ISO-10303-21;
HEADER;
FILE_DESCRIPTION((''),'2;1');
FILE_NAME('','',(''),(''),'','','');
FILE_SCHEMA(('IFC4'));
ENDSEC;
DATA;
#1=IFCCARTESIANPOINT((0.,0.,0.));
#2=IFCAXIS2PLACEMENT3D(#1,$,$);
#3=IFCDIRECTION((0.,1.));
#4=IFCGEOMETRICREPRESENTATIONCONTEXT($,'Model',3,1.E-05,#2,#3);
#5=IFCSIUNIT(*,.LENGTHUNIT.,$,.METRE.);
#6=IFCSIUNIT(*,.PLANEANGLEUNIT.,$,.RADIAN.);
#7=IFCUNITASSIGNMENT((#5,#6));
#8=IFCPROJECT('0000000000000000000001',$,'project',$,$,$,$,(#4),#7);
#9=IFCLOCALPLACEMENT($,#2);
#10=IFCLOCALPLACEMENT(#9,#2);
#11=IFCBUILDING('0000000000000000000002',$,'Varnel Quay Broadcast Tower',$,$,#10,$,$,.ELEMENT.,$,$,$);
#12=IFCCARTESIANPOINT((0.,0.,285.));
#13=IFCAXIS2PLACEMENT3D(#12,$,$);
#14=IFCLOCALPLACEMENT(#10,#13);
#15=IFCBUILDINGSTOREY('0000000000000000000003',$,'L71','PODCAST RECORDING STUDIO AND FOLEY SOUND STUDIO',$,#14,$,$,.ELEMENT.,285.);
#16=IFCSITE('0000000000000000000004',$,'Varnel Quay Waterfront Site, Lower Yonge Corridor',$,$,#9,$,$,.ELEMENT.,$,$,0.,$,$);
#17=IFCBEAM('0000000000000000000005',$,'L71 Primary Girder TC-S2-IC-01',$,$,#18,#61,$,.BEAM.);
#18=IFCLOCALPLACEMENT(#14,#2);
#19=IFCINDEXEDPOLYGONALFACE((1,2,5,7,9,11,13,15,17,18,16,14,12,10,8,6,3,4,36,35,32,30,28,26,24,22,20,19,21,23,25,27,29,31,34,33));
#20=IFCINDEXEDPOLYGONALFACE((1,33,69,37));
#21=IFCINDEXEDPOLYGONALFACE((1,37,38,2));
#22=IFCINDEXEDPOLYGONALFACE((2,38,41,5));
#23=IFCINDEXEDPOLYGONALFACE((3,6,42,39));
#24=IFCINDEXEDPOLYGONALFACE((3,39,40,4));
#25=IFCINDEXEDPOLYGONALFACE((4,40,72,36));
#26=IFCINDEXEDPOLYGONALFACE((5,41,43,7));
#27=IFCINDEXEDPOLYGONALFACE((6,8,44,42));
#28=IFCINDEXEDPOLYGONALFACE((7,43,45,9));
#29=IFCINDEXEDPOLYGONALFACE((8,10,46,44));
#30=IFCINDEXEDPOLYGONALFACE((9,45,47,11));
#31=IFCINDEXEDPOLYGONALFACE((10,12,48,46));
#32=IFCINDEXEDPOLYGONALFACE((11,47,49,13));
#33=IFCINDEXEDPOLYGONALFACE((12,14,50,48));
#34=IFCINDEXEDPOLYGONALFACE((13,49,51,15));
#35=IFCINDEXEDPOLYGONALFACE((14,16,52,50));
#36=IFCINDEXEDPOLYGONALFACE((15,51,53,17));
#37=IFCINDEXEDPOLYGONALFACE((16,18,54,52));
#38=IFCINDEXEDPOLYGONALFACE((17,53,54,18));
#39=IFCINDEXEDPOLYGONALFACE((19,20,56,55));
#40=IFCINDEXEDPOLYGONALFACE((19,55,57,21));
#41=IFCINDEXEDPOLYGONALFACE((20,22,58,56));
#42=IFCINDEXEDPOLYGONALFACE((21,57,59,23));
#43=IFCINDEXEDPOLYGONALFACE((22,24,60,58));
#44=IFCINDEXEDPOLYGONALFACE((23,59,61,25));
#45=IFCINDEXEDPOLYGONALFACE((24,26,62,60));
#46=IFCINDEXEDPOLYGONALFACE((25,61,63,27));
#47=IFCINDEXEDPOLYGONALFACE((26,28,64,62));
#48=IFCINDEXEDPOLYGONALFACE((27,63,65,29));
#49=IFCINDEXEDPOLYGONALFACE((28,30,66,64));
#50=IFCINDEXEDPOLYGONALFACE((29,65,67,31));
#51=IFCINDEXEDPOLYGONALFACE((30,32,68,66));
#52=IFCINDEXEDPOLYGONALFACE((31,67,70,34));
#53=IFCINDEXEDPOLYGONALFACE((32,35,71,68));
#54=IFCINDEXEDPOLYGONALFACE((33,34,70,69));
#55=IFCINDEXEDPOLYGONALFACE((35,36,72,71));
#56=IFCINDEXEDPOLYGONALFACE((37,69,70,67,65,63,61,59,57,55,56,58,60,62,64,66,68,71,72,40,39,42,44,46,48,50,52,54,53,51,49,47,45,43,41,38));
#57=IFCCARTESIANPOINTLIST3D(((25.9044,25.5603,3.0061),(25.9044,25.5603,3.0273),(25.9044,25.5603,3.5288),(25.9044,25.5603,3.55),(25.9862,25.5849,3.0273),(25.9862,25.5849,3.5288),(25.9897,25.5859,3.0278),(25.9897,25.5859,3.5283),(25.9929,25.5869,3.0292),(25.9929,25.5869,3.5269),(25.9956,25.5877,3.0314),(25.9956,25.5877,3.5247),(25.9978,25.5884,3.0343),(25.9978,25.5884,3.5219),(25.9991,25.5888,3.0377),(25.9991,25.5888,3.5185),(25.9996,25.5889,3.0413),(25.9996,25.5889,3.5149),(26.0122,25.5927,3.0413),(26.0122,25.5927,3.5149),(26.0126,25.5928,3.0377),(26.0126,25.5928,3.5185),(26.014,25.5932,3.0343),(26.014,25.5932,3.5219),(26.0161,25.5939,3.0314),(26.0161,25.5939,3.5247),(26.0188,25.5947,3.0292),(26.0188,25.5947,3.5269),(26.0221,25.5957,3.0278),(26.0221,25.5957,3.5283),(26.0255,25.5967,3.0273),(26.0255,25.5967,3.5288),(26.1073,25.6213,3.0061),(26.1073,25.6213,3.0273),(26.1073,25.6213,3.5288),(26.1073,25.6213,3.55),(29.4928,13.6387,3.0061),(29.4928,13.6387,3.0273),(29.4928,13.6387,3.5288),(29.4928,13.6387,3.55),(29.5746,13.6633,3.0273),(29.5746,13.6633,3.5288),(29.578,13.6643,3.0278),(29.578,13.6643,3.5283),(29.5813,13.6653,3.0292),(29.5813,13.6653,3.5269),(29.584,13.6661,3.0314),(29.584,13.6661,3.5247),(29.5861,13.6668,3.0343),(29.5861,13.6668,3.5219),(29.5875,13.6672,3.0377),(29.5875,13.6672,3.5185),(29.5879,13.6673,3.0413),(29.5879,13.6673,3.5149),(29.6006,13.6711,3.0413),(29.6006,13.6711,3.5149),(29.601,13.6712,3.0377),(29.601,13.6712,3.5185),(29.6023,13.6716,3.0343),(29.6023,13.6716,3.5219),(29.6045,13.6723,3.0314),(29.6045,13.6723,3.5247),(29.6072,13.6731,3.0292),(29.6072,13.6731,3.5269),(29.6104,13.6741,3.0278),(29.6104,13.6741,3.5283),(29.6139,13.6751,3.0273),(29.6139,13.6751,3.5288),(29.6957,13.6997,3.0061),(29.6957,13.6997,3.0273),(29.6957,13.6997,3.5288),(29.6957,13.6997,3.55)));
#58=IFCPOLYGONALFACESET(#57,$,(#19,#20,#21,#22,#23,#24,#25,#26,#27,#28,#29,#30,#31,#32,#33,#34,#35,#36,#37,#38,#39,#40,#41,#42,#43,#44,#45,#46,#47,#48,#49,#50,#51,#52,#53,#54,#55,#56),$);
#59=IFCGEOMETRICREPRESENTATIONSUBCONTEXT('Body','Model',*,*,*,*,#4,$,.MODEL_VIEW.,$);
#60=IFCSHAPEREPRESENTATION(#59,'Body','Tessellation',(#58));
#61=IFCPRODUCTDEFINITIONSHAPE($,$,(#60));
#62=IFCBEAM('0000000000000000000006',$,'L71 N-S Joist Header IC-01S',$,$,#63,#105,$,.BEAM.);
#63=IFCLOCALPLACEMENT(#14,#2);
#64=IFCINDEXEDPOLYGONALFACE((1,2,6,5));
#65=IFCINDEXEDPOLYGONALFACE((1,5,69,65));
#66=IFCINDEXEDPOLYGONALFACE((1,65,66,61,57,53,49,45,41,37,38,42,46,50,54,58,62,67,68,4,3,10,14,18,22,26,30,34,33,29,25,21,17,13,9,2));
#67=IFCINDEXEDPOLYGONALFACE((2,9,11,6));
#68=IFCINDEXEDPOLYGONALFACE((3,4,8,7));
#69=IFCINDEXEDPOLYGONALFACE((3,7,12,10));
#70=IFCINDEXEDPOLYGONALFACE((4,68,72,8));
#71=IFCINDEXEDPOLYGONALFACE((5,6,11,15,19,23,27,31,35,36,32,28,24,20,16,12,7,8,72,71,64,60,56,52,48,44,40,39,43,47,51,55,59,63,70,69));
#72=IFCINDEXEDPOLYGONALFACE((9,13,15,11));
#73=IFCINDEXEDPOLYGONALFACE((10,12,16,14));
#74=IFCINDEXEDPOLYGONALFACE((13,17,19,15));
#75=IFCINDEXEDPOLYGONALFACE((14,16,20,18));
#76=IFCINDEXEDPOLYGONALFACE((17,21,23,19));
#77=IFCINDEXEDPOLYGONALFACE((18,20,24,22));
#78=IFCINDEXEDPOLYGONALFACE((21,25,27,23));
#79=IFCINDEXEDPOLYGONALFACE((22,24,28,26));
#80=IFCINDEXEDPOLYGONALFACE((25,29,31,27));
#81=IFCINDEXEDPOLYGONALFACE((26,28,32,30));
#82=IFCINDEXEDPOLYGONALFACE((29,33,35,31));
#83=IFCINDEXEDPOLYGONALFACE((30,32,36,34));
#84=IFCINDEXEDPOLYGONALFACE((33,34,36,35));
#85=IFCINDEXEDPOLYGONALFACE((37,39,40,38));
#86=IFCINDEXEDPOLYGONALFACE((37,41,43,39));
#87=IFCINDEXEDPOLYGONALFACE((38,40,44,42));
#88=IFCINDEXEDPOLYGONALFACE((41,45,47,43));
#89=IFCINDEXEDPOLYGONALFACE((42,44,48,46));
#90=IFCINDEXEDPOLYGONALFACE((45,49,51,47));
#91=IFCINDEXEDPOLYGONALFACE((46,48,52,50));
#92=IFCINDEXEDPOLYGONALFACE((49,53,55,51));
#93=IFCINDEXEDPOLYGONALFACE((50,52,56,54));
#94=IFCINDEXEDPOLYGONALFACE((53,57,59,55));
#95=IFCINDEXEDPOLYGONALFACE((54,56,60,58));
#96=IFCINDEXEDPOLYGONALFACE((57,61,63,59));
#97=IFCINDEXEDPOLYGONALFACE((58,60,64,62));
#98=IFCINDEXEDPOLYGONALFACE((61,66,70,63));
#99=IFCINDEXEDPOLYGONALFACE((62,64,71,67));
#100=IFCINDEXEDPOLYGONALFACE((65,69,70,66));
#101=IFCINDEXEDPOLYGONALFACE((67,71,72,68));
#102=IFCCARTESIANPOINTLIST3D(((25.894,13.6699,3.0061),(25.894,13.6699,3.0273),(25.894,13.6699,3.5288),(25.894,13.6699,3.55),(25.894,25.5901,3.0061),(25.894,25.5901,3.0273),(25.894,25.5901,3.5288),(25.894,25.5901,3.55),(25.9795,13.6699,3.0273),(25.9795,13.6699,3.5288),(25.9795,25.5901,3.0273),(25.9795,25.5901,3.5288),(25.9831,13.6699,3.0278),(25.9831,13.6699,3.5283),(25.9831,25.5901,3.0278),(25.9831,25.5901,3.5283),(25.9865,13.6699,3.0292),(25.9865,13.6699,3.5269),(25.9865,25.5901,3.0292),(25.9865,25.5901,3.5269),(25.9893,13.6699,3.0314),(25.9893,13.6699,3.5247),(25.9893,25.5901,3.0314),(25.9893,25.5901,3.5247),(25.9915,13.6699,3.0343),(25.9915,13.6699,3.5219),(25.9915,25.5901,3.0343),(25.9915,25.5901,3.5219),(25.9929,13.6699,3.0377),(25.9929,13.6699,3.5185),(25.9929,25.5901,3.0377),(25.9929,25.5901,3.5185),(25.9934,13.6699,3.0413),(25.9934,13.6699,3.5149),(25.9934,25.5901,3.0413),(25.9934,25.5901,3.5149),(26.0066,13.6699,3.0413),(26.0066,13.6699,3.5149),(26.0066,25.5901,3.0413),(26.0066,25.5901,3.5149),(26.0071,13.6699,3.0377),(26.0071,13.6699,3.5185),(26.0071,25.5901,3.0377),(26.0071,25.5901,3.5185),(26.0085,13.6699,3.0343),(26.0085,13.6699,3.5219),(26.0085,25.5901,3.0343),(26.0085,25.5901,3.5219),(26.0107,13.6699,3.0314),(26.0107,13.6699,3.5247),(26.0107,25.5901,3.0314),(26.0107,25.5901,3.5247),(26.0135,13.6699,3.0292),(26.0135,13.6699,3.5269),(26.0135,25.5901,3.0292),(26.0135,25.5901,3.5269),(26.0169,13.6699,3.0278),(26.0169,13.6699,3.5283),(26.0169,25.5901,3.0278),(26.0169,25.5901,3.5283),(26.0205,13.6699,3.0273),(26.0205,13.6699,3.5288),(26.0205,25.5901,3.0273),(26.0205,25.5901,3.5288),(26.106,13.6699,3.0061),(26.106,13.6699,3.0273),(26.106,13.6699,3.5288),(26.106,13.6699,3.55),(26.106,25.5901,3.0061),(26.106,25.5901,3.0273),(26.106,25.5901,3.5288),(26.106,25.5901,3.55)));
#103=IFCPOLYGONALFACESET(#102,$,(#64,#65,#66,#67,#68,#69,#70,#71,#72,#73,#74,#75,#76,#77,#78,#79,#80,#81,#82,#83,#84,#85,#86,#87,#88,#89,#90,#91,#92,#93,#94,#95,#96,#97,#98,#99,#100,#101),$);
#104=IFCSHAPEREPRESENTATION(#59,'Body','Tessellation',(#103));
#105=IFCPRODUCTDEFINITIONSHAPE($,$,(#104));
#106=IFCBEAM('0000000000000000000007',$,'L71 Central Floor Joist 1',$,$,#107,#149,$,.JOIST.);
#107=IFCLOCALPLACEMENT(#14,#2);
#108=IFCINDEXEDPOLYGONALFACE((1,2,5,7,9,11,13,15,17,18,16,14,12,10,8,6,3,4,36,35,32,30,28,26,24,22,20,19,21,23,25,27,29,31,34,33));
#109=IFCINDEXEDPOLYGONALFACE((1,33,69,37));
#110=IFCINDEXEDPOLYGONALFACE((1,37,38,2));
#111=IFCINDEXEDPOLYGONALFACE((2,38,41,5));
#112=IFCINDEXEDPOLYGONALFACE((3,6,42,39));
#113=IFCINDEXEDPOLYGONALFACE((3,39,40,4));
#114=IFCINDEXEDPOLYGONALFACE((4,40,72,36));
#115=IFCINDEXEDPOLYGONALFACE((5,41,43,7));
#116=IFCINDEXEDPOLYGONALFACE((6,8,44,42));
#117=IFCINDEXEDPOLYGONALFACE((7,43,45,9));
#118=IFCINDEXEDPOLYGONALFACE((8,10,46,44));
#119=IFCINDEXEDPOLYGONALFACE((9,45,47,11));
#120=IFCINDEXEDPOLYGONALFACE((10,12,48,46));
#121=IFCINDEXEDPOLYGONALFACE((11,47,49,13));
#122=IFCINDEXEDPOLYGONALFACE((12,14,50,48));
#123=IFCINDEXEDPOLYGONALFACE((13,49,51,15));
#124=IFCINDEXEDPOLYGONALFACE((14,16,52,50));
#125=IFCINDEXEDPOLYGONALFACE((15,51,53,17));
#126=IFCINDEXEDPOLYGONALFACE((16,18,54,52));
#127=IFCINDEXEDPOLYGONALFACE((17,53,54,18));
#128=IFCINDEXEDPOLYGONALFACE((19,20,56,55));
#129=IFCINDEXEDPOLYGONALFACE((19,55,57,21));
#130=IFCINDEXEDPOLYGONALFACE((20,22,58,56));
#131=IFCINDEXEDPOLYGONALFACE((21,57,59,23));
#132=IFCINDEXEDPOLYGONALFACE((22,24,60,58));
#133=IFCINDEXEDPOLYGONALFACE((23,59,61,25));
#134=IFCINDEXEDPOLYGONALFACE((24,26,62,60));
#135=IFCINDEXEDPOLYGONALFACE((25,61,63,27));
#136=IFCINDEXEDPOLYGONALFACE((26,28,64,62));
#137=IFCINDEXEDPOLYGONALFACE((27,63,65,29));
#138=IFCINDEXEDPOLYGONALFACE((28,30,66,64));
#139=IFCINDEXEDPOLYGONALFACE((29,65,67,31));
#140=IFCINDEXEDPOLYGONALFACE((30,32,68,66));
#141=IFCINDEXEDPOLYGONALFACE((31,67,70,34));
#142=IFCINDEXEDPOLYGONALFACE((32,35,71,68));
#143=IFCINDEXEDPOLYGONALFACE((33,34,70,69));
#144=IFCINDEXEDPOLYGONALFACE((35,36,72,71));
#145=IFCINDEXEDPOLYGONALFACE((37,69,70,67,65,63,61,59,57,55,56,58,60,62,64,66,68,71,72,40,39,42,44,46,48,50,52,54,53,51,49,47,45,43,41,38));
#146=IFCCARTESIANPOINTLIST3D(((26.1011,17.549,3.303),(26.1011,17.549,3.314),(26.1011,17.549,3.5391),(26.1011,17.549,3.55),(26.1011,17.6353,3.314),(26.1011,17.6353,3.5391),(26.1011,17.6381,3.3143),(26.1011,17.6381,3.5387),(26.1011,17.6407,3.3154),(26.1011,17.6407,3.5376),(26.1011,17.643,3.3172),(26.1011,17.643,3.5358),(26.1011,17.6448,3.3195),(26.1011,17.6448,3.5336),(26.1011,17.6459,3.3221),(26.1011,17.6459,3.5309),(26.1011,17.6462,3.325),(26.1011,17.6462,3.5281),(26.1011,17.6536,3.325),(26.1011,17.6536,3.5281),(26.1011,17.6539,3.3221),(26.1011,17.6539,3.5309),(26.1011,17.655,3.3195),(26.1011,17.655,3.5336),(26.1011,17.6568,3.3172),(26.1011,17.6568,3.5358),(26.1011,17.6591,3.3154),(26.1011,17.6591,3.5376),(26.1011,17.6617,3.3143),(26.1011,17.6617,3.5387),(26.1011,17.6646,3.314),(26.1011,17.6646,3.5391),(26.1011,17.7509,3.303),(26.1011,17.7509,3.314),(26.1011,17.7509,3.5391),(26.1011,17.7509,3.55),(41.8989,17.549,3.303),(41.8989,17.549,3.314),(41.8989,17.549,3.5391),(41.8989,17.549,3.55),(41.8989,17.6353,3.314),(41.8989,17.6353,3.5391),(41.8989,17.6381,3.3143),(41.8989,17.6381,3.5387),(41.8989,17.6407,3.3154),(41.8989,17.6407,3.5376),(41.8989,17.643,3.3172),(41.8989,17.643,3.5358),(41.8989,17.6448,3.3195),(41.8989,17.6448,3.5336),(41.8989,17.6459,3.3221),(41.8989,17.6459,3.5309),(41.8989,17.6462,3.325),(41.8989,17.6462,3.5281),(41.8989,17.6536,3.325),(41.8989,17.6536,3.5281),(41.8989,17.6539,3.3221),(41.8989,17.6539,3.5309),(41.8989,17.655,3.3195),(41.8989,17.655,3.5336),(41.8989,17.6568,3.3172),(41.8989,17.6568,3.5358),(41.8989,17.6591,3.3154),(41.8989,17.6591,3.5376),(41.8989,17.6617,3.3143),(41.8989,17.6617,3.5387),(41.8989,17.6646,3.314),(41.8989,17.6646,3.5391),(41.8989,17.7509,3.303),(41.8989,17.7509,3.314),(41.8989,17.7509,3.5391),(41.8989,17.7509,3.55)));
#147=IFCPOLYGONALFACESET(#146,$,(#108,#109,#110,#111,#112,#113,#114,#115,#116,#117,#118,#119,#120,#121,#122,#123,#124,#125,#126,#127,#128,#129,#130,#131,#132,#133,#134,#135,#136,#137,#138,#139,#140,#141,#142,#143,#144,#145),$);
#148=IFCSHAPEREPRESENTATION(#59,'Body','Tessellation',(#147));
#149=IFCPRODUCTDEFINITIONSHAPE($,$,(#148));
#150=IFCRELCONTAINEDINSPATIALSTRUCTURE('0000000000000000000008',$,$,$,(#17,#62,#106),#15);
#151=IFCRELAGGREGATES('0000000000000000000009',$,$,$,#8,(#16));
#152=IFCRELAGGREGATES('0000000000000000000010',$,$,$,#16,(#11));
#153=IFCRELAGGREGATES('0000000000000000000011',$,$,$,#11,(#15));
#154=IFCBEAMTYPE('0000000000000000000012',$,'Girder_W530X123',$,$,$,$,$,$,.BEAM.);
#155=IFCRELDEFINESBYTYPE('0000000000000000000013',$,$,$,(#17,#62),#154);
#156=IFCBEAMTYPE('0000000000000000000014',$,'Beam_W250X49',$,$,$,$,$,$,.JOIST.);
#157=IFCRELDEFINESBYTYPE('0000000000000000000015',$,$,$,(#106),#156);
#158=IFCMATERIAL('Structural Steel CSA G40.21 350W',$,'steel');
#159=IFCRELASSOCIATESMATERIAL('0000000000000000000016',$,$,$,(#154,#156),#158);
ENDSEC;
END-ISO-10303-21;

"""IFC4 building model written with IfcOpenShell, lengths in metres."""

from ifc_helpers import new_model, si_unit, direction, frame, origin, origin_2d, place, context, subcontext, project, spatial, i_section, extrude, source, transform, mapped, material, material_profile, profile_set, type_object, type_shapes, element, save


model = new_model("IFC4")

# Units and contexts
model_context = context("Model", 3, precision=1e-05, world=origin(), true_north=direction((0.0, 1.0)))
body_context = subcontext(model_context, "Body", "Model", "MODEL_VIEW")
ifc_project = project(units=[si_unit("LENGTHUNIT", "METRE"), si_unit("PLANEANGLEUNIT", "RADIAN")], contexts=[model_context])

# Site, building, storey
site_placement = place(None, origin())
site = spatial("IfcSite", under=ifc_project, at=site_placement, Name="Varnel Quay Waterfront Site, Lower Yonge Corridor", CompositionType="ELEMENT", RefElevation=0.0)
building_placement = place(site_placement, origin())
building = spatial("IfcBuilding", under=site, at=building_placement, Name="Varnel Quay Broadcast Tower", CompositionType="ELEMENT")
storey_placement = place(building_placement, frame((0.0, 0.0, 285.0)))
storey = spatial("IfcBuildingStorey", under=building, at=storey_placement, Name="L71", Description="PODCAST RECORDING STUDIO AND FOLEY SOUND STUDIO", CompositionType="ELEMENT", Elevation=285.0)

# Shared definitions
ifc_material_1 = material(Name="Structural Steel CSA G40.21 350W", Category="steel")

# Beams
ifc_material_profile_1 = material_profile(ifc_material_1, i_section(OverallWidth=0.2119, OverallDepth=0.5439, WebThickness=0.0132, FlangeThickness=0.0212, FilletRadius=0.0139, at=origin_2d()), Name="W530X123")
ifc_profile_set_1 = profile_set([ifc_material_profile_1], Name="Structural Steel CSA G40.21 350W")
beam_type_1 = type_object("IfcBeamType", Name="Girder_W530X123", PredefinedType="BEAM", material=ifc_profile_set_1)
shared_shape_1 = source(origin(), body_context, "Body", "SweptSolid", [
    extrude(i_section(OverallWidth=0.2119, OverallDepth=0.5439, WebThickness=0.0132, FlangeThickness=0.0212, FilletRadius=0.0139, at=origin_2d()), origin(), (0.0, 0.0, 1.0), 12.45),
])
beam_1_placement = place(storey_placement, frame((29.5942, 13.6692, 3.2781), z_axis=(-0.288224, 0.957563, 0.0), x_axis=(-0.957563, -0.288224, 0.0)))
element("IfcBeam", 1, at=beam_1_placement, inside=storey, type_object=beam_type_1, Name="L71 Primary Girder TC-S2-IC-01", PredefinedType="BEAM", context=body_context, shape_type="MappedRepresentation", body=[
    mapped(shared_shape_1, transform((0.0, 0.0, 0.0), x_axis=(1.0, 0.0, 0.0), y_axis=(0.0, 1.0, 0.0), z_axis=(0.0, 0.0, 1.0), scale=1.0)),
])
shared_shape_2 = source(origin(), body_context, "Body", "SweptSolid", [
    extrude(i_section(OverallWidth=0.2119, OverallDepth=0.5439, WebThickness=0.0132, FlangeThickness=0.0212, FilletRadius=0.0139, at=origin_2d()), origin(), (0.0, 0.0, 1.0), 11.9202),
])
type_shapes(beam_type_1, [shared_shape_1, shared_shape_2])
beam_2_placement = place(storey_placement, frame((26.0, 13.6699, 3.2781), z_axis=(0.0, 1.0, 0.0), x_axis=(-1.0, 0.0, 0.0)))
element("IfcBeam", 2, at=beam_2_placement, inside=storey, type_object=beam_type_1, Name="L71 N-S Joist Header IC-01S", PredefinedType="BEAM", context=body_context, shape_type="MappedRepresentation", body=[
    mapped(shared_shape_2, transform((0.0, 0.0, 0.0), x_axis=(1.0, 0.0, 0.0), y_axis=(0.0, 1.0, 0.0), z_axis=(0.0, 0.0, 1.0), scale=1.0)),
])
ifc_material_profile_2 = material_profile(ifc_material_1, i_section(OverallWidth=0.2019, OverallDepth=0.2471, WebThickness=0.0073, FlangeThickness=0.011, FilletRadius=0.011, at=origin_2d()), Name="W250X49")
ifc_profile_set_2 = profile_set([ifc_material_profile_2], Name="Structural Steel CSA G40.21 350W")
beam_type_2 = type_object("IfcBeamType", Name="Beam_W250X49", PredefinedType="JOIST", material=ifc_profile_set_2)
shared_shape_3 = source(origin(), body_context, "Body", "SweptSolid", [
    extrude(i_section(OverallWidth=0.2019, OverallDepth=0.2471, WebThickness=0.0073, FlangeThickness=0.011, FilletRadius=0.011, at=origin_2d()), origin(), (0.0, 0.0, 1.0), 15.7979),
])
type_shapes(beam_type_2, [shared_shape_3])
beam_3_placement = place(storey_placement, frame((26.1011, 17.6499, 3.4265), z_axis=(1.0, 0.0, 0.0), x_axis=(0.0, 1.0, 0.0)))
element("IfcBeam", 3, at=beam_3_placement, inside=storey, type_object=beam_type_2, Name="L71 Central Floor Joist 1", PredefinedType="JOIST", context=body_context, shape_type="MappedRepresentation", body=[
    mapped(shared_shape_3, transform((0.0, 0.0, 0.0), x_axis=(1.0, 0.0, 0.0), y_axis=(0.0, 1.0, 0.0), z_axis=(0.0, 0.0, 1.0), scale=1.0)),
])

save(model, "model.ifc")
